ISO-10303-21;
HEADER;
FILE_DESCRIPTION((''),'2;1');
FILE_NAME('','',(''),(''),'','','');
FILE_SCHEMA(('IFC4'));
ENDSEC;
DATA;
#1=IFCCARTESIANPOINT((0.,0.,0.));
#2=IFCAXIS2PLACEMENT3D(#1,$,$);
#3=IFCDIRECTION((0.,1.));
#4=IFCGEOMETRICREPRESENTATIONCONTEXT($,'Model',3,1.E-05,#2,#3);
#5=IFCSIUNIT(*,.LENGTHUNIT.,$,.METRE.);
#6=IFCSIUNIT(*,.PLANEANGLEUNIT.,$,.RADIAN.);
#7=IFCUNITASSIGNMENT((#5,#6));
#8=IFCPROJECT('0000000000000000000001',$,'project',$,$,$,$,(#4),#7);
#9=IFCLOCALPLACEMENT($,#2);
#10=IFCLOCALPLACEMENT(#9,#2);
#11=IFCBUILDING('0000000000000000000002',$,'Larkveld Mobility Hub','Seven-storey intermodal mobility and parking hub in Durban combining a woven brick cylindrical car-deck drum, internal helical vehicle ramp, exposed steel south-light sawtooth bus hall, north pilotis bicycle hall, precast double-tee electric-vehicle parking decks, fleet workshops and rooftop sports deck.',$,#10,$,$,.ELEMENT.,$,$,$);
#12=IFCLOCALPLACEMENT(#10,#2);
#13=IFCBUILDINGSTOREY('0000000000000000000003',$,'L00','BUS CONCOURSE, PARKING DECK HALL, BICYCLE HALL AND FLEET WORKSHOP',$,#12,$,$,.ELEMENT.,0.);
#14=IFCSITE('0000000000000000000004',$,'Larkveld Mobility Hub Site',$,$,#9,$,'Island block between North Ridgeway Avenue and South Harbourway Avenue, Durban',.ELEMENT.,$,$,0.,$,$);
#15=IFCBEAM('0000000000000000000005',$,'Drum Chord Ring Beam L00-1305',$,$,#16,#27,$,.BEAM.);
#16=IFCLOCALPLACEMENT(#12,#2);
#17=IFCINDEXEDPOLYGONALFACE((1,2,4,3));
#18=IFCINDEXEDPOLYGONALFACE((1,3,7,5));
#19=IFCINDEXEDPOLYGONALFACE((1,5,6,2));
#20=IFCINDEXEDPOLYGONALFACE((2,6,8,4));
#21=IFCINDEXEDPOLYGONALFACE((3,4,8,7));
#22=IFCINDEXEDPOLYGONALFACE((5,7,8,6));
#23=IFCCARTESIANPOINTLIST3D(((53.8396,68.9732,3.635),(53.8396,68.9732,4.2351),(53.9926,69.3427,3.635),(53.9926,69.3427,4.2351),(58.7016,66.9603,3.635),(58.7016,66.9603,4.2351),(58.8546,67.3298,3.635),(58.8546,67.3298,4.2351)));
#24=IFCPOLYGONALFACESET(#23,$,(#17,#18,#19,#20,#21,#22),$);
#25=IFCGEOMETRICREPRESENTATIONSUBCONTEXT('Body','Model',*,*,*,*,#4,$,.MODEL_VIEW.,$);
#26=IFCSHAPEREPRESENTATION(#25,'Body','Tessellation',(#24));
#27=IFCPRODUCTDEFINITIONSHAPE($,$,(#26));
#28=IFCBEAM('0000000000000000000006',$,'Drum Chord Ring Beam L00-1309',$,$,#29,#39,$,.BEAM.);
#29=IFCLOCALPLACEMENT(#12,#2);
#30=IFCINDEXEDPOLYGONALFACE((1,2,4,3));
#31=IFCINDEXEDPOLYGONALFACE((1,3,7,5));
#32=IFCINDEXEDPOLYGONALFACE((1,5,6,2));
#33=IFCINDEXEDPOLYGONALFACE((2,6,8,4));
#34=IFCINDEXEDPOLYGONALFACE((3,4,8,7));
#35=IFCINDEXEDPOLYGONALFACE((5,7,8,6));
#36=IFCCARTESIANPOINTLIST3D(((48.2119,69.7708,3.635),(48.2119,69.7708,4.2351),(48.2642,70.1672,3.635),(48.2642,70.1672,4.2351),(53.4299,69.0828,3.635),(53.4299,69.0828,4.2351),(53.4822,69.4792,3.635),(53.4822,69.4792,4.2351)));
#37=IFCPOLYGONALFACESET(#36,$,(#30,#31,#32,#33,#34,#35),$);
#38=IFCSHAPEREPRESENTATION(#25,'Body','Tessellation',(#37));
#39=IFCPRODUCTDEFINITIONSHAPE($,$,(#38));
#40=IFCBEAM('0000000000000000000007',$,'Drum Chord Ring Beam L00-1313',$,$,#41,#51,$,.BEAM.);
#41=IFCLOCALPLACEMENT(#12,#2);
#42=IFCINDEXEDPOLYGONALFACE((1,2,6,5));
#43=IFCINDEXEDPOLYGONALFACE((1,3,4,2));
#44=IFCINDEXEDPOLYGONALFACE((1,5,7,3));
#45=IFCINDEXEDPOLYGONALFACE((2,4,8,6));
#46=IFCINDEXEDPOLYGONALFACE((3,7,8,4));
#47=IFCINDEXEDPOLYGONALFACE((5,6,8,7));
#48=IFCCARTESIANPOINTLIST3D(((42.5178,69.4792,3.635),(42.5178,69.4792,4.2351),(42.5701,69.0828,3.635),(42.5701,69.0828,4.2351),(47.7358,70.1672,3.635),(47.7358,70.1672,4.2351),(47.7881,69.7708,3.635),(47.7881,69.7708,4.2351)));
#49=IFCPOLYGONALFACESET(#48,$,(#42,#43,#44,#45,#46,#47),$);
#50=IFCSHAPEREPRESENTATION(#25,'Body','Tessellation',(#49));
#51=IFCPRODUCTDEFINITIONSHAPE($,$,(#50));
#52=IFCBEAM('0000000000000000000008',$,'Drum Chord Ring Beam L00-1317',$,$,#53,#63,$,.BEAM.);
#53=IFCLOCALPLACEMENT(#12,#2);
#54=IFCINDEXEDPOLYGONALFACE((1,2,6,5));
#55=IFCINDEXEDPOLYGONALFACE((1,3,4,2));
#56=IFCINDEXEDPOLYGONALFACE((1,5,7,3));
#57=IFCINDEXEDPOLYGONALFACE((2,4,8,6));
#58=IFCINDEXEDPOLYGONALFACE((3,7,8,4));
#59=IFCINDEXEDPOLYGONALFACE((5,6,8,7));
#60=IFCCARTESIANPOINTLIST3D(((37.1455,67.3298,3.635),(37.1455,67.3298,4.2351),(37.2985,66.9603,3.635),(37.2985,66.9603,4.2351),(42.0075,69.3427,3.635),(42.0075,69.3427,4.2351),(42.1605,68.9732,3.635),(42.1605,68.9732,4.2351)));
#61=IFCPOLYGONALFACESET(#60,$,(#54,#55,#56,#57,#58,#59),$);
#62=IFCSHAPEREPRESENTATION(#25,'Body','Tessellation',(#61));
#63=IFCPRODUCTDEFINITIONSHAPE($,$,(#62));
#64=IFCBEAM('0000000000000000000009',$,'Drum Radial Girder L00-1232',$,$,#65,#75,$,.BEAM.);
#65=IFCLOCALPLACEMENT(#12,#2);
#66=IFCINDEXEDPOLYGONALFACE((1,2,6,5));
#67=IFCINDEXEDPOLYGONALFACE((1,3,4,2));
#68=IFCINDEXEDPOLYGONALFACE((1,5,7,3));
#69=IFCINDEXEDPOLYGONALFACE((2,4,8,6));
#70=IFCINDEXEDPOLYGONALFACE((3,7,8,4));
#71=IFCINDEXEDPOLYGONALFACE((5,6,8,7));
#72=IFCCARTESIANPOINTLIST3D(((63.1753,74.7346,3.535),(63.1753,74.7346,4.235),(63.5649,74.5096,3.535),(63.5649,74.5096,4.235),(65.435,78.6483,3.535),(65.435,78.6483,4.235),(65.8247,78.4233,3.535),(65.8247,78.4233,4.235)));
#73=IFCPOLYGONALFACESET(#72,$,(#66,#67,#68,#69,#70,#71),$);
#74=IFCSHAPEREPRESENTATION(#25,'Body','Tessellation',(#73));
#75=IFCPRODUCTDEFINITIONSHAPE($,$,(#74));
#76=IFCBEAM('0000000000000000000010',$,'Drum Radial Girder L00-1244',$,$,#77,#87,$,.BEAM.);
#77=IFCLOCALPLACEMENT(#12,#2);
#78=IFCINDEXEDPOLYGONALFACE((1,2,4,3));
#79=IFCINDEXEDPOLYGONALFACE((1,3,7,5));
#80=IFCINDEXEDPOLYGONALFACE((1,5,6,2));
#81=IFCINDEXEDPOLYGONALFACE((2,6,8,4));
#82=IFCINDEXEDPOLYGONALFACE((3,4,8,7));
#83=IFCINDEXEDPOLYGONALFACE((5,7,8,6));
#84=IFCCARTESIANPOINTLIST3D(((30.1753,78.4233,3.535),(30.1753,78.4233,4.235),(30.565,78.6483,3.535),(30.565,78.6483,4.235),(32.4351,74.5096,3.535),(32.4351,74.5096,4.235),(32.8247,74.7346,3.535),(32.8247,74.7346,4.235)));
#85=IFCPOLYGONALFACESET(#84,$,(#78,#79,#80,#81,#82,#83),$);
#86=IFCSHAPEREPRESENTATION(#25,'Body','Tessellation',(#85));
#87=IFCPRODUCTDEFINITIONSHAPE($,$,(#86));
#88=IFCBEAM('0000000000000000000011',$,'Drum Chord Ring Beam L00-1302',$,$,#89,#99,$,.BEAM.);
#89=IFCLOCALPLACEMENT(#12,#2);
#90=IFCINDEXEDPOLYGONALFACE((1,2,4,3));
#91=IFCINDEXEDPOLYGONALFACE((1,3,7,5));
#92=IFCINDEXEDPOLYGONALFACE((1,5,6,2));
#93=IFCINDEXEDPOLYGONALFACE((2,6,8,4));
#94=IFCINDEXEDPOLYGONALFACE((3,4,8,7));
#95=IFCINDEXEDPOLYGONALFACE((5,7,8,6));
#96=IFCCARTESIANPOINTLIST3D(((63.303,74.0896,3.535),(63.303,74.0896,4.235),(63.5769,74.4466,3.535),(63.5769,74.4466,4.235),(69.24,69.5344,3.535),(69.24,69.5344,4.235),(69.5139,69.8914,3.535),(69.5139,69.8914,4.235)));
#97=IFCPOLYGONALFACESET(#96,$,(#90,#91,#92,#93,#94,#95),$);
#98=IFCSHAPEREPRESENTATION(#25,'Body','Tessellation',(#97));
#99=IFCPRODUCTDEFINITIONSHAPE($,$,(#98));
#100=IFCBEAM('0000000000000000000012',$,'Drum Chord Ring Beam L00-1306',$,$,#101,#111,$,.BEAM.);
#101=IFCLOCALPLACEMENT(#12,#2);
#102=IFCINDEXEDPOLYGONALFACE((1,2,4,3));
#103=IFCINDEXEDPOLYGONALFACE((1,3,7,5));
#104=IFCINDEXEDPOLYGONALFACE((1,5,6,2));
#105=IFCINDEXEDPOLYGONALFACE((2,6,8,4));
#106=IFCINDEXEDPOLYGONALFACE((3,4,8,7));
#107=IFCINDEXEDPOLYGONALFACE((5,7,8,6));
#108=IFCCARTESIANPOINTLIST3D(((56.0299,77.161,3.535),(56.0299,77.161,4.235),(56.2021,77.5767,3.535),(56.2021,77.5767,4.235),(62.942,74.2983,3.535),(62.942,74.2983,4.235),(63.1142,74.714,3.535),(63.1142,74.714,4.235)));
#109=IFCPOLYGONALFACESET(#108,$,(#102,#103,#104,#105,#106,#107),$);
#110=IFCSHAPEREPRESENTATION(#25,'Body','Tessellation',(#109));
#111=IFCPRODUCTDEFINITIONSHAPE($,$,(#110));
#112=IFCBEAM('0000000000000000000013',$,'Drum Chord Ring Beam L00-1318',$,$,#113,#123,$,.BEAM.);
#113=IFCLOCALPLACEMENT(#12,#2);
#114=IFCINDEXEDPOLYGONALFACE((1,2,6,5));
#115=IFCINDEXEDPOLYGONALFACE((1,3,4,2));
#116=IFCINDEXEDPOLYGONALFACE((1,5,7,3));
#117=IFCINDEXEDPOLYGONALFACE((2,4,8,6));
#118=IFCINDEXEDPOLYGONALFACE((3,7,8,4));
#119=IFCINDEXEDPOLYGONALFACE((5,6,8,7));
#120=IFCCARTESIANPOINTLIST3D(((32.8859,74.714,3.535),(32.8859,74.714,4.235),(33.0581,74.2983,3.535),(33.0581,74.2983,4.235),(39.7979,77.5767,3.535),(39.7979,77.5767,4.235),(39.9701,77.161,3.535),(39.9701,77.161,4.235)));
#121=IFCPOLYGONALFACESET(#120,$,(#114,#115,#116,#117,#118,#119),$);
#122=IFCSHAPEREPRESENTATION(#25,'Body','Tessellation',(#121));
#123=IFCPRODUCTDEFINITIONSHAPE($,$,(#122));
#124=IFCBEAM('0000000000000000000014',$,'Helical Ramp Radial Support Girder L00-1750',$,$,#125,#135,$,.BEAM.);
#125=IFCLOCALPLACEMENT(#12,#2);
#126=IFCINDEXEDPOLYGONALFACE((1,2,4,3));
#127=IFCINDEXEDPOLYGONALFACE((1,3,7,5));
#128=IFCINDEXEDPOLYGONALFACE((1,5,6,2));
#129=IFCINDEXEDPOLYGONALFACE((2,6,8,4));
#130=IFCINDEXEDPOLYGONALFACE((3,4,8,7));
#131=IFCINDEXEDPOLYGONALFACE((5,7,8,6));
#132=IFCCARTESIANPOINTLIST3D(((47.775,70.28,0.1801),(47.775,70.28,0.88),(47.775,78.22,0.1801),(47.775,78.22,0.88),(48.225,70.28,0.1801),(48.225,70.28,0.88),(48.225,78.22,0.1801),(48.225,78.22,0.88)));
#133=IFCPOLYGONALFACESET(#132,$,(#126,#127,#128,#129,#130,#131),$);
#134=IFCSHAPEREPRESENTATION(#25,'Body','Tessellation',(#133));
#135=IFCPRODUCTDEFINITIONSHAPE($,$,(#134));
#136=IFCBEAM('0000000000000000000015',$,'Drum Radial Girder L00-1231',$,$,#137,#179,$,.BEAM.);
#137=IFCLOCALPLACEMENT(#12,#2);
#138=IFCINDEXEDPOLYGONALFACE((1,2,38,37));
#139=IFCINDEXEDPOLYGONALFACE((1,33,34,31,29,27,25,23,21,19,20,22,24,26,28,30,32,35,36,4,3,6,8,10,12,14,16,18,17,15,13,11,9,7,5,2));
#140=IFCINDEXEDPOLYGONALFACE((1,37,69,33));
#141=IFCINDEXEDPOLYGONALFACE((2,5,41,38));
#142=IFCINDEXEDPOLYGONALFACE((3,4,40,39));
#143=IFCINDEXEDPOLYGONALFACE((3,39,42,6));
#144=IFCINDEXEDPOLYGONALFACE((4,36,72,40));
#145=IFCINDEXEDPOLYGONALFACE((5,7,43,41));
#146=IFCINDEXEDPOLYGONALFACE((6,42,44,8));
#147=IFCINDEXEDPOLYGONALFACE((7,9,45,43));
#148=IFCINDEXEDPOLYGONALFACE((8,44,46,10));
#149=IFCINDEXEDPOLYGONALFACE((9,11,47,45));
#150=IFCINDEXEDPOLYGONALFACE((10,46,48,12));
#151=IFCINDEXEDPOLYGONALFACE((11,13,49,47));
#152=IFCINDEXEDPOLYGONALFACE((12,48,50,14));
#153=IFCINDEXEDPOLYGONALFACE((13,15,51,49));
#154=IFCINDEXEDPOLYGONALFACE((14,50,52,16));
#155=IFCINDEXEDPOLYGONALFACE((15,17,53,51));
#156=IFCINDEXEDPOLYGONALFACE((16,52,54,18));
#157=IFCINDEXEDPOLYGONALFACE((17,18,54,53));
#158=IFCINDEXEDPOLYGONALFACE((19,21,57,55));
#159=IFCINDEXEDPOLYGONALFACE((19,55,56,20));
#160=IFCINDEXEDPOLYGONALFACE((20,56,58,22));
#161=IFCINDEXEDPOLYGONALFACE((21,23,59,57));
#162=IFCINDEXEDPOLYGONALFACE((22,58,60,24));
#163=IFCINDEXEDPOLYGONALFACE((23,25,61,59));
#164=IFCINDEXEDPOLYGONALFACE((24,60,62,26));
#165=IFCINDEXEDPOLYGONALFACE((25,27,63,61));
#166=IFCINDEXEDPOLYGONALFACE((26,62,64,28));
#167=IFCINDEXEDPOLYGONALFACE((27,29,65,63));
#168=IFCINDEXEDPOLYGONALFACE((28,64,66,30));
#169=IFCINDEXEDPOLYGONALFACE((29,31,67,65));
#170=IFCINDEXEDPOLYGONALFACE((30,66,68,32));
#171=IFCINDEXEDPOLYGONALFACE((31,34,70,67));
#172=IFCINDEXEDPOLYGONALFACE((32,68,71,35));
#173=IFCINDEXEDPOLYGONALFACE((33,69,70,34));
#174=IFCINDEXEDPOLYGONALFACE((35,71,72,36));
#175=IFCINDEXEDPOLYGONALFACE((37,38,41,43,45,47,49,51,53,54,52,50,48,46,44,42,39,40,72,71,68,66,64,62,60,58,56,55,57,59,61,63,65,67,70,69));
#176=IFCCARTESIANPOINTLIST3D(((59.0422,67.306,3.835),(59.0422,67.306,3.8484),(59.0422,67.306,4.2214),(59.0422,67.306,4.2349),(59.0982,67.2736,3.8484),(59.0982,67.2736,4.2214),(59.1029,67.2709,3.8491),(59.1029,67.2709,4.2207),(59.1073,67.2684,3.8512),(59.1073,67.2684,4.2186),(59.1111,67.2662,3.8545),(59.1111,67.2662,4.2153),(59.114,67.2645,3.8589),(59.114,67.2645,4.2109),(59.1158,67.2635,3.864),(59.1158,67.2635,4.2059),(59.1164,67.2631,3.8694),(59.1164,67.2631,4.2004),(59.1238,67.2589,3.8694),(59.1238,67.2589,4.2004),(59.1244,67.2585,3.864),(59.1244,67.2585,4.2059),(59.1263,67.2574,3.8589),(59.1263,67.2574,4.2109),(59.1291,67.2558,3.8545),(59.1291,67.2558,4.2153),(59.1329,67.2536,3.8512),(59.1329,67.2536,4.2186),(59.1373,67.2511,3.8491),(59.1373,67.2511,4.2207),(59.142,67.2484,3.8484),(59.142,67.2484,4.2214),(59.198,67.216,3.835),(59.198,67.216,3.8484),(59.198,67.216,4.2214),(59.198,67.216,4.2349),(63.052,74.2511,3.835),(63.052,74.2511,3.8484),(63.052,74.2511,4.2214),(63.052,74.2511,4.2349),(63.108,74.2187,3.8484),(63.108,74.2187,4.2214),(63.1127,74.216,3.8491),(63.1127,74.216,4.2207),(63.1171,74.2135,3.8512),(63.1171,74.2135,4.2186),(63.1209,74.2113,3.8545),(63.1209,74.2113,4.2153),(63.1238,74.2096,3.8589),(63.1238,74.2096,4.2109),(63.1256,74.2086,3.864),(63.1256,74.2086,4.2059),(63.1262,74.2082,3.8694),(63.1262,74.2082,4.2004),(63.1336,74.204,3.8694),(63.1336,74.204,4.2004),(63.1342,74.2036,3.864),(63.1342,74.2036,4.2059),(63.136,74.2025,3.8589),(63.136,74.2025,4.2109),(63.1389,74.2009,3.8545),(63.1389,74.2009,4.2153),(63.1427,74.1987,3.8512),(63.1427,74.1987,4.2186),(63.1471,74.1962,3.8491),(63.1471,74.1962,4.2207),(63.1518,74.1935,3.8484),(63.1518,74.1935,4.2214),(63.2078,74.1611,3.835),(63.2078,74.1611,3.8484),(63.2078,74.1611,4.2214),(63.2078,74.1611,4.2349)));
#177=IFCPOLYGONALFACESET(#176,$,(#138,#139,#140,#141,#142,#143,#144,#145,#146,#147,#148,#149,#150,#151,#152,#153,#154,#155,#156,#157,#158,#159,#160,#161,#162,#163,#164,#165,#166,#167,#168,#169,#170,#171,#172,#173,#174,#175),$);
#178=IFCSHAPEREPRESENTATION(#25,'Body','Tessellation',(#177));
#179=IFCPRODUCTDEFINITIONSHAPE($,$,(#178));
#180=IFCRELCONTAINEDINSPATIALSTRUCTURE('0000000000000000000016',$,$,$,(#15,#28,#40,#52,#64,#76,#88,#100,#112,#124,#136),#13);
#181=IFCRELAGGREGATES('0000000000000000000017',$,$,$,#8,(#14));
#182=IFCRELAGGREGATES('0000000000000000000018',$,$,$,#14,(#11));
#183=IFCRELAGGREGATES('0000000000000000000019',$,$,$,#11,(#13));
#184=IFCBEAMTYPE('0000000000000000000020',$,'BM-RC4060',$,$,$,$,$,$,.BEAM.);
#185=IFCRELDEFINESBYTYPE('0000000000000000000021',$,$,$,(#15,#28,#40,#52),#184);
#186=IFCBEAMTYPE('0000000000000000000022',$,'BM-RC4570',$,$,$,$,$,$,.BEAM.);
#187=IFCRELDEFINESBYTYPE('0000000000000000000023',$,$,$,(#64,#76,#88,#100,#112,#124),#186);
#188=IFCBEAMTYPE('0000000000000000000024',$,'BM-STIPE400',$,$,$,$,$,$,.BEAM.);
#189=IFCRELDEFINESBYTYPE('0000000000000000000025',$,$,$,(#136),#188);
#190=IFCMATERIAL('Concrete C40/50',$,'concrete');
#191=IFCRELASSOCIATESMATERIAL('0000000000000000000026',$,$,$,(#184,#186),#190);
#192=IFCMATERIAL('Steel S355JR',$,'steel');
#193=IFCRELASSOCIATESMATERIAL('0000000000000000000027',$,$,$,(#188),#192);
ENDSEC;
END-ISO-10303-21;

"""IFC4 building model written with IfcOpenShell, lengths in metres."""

from ifc_helpers import new_model, si_unit, direction, frame, origin, origin_2d, place, context, subcontext, project, spatial, rectangle, i_section, extrude, material, material_profile, profile_set, type_object, element, save


model = new_model("IFC4")

# Units and contexts
model_context = context("Model", 3, precision=1e-05, world=origin(), true_north=direction((0.0, 1.0)))
body_context = subcontext(model_context, "Body", "Model", "MODEL_VIEW")
ifc_project = project(units=[si_unit("LENGTHUNIT", "METRE"), si_unit("PLANEANGLEUNIT", "RADIAN")], contexts=[model_context])

# Site, building, storey
site_placement = place(None, origin())
site = spatial("IfcSite", under=ifc_project, at=site_placement, Name="Larkveld Mobility Hub Site", LongName="Island block between North Ridgeway Avenue and South Harbourway Avenue, Durban", CompositionType="ELEMENT", RefElevation=0.0)
building_placement = place(site_placement, origin())
building = spatial("IfcBuilding", under=site, at=building_placement, Name="Larkveld Mobility Hub", Description="Seven-storey intermodal mobility and parking hub in Durban combining a woven brick cylindrical car-deck drum, internal helical vehicle ramp, exposed steel south-light sawtooth bus hall, north pilotis bicycle hall, precast double-tee electric-vehicle parking decks, fleet workshops and rooftop sports deck.", CompositionType="ELEMENT")
storey_placement = place(building_placement, origin())
storey = spatial("IfcBuildingStorey", under=building, at=storey_placement, Name="L00", Description="BUS CONCOURSE, PARKING DECK HALL, BICYCLE HALL AND FLEET WORKSHOP", CompositionType="ELEMENT", Elevation=0.0)

# Shared definitions
ifc_material_1 = material(Name="Concrete C40/50", Category="concrete")

# Beams
ifc_material_profile_1 = material_profile(ifc_material_1, rectangle(XDim=0.3999, YDim=0.6001, at=origin_2d()), Name="RC BM 400x600")
ifc_profile_set_1 = profile_set([ifc_material_profile_1], Name="Concrete C40/50")
beam_type_1 = type_object("IfcBeamType", Name="BM-RC4060", PredefinedType="BEAM", material=ifc_profile_set_1)
beam_1_placement = place(storey_placement, frame((58.7781, 67.145, 3.9351), z_axis=(-0.923946, 0.382523, 0.0), x_axis=(-0.382523, -0.923946, 0.0)))
element("IfcBeam", 1, at=beam_1_placement, inside=storey, type_object=beam_type_1, Name="Drum Chord Ring Beam L00-1305", PredefinedType="BEAM", context=body_context, shape_type="SweptSolid", body=[
    extrude(rectangle(XDim=0.3999, YDim=0.6001, at=origin_2d()), origin(), (0.0, 0.0, 1.0), 5.2622),
])
for number, where, z_axis, x_axis, name in (
    (2, (53.4561, 69.281, 3.9351), (-0.99142, 0.130717, 0.0), (-0.130717, -0.99142, 0.0), "Drum Chord Ring Beam L00-1309"),
    (3, (47.762, 69.969, 3.9351), (-0.99142, -0.130717, 0.0), (0.130717, -0.99142, 0.0), "Drum Chord Ring Beam L00-1313"),
):
    element("IfcBeam", number, at=place(storey_placement, frame(where, z_axis=z_axis, x_axis=x_axis)), inside=storey, type_object=beam_type_1, Name=name, PredefinedType="BEAM", context=body_context, shape_type="SweptSolid", body=[
        extrude(rectangle(XDim=0.3999, YDim=0.6001, at=origin_2d()), origin(), (0.0, 0.0, 1.0), 5.2632),
    ])
beam_2_placement = place(storey_placement, frame((42.084, 69.158, 3.9351), z_axis=(-0.923946, -0.382523, 0.0), x_axis=(0.382523, -0.923946, 0.0)))
element("IfcBeam", 4, at=beam_2_placement, inside=storey, type_object=beam_type_1, Name="Drum Chord Ring Beam L00-1317", PredefinedType="BEAM", context=body_context, shape_type="SweptSolid", body=[
    extrude(rectangle(XDim=0.3999, YDim=0.6001, at=origin_2d()), origin(), (0.0, 0.0, 1.0), 5.2622),
])
ifc_material_profile_2 = material_profile(ifc_material_1, rectangle(XDim=0.45, YDim=0.7, at=origin_2d()), Name="RC BM 450x700")
ifc_profile_set_2 = profile_set([ifc_material_profile_2], Name="Concrete C40/50")
beam_type_2 = type_object("IfcBeamType", Name="BM-RC4570", PredefinedType="BEAM", material=ifc_profile_set_2)
for number, where, z_axis, x_axis, name in (
    (5, (63.3701, 74.6221, 3.885), (0.50002, 0.866014, 0.0), (-0.866014, 0.50002, 0.0), "Drum Radial Girder L00-1232"),
    (6, (32.6299, 74.6221, 3.885), (-0.50002, 0.866014, 0.0), (-0.866014, -0.50002, 0.0), "Drum Radial Girder L00-1244"),
):
    element("IfcBeam", number, at=place(storey_placement, frame(where, z_axis=z_axis, x_axis=x_axis)), inside=storey, type_object=beam_type_2, Name=name, PredefinedType="BEAM", context=body_context, shape_type="SweptSolid", body=[
        extrude(rectangle(XDim=0.45, YDim=0.7, at=origin_2d()), origin(), (0.0, 0.0, 1.0), 4.5193),
    ])
beam_3_placement = place(storey_placement, frame((69.377, 69.7129, 3.885), z_axis=(-0.793383, 0.608723, 0.0), x_axis=(-0.608723, -0.793383, 0.0)))
element("IfcBeam", 7, at=beam_3_placement, inside=storey, type_object=beam_type_2, Name="Drum Chord Ring Beam L00-1302", PredefinedType="BEAM", context=body_context, shape_type="SweptSolid", body=[
    extrude(rectangle(XDim=0.45, YDim=0.7, at=origin_2d()), origin(), (0.0, 0.0, 1.0), 7.4832),
])
for number, where, z_axis, x_axis, name in (
    (8, (63.0281, 74.5061, 3.885), (-0.923894, 0.38265, 0.0), (-0.38265, -0.923894, 0.0), "Drum Chord Ring Beam L00-1306"),
    (9, (39.884, 77.3689, 3.885), (-0.923894, -0.38265, 0.0), (0.38265, -0.923894, 0.0), "Drum Chord Ring Beam L00-1318"),
):
    element("IfcBeam", number, at=place(storey_placement, frame(where, z_axis=z_axis, x_axis=x_axis)), inside=storey, type_object=beam_type_2, Name=name, PredefinedType="BEAM", context=body_context, shape_type="SweptSolid", body=[
        extrude(rectangle(XDim=0.45, YDim=0.7, at=origin_2d()), origin(), (0.0, 0.0, 1.0), 7.4814),
    ])
beam_4_placement = place(storey_placement, frame((48.0, 70.28, 0.53), z_axis=(0.0, 1.0, 0.0), x_axis=(-1.0, 0.0, 0.0)))
element("IfcBeam", 10, at=beam_4_placement, inside=storey, type_object=beam_type_2, Name="Helical Ramp Radial Support Girder L00-1750", PredefinedType="BEAM", context=body_context, shape_type="SweptSolid", body=[
    extrude(rectangle(XDim=0.45, YDim=0.7, at=origin_2d()), origin(), (0.0, 0.0, 1.0), 7.9399),
])
ifc_material_2 = material(Name="Steel S355JR", Category="steel")
ifc_material_profile_3 = material_profile(ifc_material_2, i_section(OverallWidth=0.1799, OverallDepth=0.3999, WebThickness=0.0085, FlangeThickness=0.0134, FilletRadius=0.021, at=origin_2d()), Name="IPE 400")
ifc_profile_set_3 = profile_set([ifc_material_profile_3], Name="Steel S355JR")
beam_type_3 = type_object("IfcBeamType", Name="BM-STIPE400", PredefinedType="BEAM", material=ifc_profile_set_3)
beam_5_placement = place(storey_placement, frame((59.1201, 67.261, 4.0349), z_axis=(0.500003, 0.866024, 0.0), x_axis=(-0.866024, 0.500003, 0.0)))
element("IfcBeam", 11, at=beam_5_placement, inside=storey, type_object=beam_type_3, Name="Drum Radial Girder L00-1231", PredefinedType="BEAM", context=body_context, shape_type="SweptSolid", body=[
    extrude(i_section(OverallWidth=0.1799, OverallDepth=0.3999, WebThickness=0.0085, FlangeThickness=0.0134, FilletRadius=0.021, at=origin_2d()), origin(), (0.0, 0.0, 1.0), 8.0195),
])

save(model, "model.ifc")
